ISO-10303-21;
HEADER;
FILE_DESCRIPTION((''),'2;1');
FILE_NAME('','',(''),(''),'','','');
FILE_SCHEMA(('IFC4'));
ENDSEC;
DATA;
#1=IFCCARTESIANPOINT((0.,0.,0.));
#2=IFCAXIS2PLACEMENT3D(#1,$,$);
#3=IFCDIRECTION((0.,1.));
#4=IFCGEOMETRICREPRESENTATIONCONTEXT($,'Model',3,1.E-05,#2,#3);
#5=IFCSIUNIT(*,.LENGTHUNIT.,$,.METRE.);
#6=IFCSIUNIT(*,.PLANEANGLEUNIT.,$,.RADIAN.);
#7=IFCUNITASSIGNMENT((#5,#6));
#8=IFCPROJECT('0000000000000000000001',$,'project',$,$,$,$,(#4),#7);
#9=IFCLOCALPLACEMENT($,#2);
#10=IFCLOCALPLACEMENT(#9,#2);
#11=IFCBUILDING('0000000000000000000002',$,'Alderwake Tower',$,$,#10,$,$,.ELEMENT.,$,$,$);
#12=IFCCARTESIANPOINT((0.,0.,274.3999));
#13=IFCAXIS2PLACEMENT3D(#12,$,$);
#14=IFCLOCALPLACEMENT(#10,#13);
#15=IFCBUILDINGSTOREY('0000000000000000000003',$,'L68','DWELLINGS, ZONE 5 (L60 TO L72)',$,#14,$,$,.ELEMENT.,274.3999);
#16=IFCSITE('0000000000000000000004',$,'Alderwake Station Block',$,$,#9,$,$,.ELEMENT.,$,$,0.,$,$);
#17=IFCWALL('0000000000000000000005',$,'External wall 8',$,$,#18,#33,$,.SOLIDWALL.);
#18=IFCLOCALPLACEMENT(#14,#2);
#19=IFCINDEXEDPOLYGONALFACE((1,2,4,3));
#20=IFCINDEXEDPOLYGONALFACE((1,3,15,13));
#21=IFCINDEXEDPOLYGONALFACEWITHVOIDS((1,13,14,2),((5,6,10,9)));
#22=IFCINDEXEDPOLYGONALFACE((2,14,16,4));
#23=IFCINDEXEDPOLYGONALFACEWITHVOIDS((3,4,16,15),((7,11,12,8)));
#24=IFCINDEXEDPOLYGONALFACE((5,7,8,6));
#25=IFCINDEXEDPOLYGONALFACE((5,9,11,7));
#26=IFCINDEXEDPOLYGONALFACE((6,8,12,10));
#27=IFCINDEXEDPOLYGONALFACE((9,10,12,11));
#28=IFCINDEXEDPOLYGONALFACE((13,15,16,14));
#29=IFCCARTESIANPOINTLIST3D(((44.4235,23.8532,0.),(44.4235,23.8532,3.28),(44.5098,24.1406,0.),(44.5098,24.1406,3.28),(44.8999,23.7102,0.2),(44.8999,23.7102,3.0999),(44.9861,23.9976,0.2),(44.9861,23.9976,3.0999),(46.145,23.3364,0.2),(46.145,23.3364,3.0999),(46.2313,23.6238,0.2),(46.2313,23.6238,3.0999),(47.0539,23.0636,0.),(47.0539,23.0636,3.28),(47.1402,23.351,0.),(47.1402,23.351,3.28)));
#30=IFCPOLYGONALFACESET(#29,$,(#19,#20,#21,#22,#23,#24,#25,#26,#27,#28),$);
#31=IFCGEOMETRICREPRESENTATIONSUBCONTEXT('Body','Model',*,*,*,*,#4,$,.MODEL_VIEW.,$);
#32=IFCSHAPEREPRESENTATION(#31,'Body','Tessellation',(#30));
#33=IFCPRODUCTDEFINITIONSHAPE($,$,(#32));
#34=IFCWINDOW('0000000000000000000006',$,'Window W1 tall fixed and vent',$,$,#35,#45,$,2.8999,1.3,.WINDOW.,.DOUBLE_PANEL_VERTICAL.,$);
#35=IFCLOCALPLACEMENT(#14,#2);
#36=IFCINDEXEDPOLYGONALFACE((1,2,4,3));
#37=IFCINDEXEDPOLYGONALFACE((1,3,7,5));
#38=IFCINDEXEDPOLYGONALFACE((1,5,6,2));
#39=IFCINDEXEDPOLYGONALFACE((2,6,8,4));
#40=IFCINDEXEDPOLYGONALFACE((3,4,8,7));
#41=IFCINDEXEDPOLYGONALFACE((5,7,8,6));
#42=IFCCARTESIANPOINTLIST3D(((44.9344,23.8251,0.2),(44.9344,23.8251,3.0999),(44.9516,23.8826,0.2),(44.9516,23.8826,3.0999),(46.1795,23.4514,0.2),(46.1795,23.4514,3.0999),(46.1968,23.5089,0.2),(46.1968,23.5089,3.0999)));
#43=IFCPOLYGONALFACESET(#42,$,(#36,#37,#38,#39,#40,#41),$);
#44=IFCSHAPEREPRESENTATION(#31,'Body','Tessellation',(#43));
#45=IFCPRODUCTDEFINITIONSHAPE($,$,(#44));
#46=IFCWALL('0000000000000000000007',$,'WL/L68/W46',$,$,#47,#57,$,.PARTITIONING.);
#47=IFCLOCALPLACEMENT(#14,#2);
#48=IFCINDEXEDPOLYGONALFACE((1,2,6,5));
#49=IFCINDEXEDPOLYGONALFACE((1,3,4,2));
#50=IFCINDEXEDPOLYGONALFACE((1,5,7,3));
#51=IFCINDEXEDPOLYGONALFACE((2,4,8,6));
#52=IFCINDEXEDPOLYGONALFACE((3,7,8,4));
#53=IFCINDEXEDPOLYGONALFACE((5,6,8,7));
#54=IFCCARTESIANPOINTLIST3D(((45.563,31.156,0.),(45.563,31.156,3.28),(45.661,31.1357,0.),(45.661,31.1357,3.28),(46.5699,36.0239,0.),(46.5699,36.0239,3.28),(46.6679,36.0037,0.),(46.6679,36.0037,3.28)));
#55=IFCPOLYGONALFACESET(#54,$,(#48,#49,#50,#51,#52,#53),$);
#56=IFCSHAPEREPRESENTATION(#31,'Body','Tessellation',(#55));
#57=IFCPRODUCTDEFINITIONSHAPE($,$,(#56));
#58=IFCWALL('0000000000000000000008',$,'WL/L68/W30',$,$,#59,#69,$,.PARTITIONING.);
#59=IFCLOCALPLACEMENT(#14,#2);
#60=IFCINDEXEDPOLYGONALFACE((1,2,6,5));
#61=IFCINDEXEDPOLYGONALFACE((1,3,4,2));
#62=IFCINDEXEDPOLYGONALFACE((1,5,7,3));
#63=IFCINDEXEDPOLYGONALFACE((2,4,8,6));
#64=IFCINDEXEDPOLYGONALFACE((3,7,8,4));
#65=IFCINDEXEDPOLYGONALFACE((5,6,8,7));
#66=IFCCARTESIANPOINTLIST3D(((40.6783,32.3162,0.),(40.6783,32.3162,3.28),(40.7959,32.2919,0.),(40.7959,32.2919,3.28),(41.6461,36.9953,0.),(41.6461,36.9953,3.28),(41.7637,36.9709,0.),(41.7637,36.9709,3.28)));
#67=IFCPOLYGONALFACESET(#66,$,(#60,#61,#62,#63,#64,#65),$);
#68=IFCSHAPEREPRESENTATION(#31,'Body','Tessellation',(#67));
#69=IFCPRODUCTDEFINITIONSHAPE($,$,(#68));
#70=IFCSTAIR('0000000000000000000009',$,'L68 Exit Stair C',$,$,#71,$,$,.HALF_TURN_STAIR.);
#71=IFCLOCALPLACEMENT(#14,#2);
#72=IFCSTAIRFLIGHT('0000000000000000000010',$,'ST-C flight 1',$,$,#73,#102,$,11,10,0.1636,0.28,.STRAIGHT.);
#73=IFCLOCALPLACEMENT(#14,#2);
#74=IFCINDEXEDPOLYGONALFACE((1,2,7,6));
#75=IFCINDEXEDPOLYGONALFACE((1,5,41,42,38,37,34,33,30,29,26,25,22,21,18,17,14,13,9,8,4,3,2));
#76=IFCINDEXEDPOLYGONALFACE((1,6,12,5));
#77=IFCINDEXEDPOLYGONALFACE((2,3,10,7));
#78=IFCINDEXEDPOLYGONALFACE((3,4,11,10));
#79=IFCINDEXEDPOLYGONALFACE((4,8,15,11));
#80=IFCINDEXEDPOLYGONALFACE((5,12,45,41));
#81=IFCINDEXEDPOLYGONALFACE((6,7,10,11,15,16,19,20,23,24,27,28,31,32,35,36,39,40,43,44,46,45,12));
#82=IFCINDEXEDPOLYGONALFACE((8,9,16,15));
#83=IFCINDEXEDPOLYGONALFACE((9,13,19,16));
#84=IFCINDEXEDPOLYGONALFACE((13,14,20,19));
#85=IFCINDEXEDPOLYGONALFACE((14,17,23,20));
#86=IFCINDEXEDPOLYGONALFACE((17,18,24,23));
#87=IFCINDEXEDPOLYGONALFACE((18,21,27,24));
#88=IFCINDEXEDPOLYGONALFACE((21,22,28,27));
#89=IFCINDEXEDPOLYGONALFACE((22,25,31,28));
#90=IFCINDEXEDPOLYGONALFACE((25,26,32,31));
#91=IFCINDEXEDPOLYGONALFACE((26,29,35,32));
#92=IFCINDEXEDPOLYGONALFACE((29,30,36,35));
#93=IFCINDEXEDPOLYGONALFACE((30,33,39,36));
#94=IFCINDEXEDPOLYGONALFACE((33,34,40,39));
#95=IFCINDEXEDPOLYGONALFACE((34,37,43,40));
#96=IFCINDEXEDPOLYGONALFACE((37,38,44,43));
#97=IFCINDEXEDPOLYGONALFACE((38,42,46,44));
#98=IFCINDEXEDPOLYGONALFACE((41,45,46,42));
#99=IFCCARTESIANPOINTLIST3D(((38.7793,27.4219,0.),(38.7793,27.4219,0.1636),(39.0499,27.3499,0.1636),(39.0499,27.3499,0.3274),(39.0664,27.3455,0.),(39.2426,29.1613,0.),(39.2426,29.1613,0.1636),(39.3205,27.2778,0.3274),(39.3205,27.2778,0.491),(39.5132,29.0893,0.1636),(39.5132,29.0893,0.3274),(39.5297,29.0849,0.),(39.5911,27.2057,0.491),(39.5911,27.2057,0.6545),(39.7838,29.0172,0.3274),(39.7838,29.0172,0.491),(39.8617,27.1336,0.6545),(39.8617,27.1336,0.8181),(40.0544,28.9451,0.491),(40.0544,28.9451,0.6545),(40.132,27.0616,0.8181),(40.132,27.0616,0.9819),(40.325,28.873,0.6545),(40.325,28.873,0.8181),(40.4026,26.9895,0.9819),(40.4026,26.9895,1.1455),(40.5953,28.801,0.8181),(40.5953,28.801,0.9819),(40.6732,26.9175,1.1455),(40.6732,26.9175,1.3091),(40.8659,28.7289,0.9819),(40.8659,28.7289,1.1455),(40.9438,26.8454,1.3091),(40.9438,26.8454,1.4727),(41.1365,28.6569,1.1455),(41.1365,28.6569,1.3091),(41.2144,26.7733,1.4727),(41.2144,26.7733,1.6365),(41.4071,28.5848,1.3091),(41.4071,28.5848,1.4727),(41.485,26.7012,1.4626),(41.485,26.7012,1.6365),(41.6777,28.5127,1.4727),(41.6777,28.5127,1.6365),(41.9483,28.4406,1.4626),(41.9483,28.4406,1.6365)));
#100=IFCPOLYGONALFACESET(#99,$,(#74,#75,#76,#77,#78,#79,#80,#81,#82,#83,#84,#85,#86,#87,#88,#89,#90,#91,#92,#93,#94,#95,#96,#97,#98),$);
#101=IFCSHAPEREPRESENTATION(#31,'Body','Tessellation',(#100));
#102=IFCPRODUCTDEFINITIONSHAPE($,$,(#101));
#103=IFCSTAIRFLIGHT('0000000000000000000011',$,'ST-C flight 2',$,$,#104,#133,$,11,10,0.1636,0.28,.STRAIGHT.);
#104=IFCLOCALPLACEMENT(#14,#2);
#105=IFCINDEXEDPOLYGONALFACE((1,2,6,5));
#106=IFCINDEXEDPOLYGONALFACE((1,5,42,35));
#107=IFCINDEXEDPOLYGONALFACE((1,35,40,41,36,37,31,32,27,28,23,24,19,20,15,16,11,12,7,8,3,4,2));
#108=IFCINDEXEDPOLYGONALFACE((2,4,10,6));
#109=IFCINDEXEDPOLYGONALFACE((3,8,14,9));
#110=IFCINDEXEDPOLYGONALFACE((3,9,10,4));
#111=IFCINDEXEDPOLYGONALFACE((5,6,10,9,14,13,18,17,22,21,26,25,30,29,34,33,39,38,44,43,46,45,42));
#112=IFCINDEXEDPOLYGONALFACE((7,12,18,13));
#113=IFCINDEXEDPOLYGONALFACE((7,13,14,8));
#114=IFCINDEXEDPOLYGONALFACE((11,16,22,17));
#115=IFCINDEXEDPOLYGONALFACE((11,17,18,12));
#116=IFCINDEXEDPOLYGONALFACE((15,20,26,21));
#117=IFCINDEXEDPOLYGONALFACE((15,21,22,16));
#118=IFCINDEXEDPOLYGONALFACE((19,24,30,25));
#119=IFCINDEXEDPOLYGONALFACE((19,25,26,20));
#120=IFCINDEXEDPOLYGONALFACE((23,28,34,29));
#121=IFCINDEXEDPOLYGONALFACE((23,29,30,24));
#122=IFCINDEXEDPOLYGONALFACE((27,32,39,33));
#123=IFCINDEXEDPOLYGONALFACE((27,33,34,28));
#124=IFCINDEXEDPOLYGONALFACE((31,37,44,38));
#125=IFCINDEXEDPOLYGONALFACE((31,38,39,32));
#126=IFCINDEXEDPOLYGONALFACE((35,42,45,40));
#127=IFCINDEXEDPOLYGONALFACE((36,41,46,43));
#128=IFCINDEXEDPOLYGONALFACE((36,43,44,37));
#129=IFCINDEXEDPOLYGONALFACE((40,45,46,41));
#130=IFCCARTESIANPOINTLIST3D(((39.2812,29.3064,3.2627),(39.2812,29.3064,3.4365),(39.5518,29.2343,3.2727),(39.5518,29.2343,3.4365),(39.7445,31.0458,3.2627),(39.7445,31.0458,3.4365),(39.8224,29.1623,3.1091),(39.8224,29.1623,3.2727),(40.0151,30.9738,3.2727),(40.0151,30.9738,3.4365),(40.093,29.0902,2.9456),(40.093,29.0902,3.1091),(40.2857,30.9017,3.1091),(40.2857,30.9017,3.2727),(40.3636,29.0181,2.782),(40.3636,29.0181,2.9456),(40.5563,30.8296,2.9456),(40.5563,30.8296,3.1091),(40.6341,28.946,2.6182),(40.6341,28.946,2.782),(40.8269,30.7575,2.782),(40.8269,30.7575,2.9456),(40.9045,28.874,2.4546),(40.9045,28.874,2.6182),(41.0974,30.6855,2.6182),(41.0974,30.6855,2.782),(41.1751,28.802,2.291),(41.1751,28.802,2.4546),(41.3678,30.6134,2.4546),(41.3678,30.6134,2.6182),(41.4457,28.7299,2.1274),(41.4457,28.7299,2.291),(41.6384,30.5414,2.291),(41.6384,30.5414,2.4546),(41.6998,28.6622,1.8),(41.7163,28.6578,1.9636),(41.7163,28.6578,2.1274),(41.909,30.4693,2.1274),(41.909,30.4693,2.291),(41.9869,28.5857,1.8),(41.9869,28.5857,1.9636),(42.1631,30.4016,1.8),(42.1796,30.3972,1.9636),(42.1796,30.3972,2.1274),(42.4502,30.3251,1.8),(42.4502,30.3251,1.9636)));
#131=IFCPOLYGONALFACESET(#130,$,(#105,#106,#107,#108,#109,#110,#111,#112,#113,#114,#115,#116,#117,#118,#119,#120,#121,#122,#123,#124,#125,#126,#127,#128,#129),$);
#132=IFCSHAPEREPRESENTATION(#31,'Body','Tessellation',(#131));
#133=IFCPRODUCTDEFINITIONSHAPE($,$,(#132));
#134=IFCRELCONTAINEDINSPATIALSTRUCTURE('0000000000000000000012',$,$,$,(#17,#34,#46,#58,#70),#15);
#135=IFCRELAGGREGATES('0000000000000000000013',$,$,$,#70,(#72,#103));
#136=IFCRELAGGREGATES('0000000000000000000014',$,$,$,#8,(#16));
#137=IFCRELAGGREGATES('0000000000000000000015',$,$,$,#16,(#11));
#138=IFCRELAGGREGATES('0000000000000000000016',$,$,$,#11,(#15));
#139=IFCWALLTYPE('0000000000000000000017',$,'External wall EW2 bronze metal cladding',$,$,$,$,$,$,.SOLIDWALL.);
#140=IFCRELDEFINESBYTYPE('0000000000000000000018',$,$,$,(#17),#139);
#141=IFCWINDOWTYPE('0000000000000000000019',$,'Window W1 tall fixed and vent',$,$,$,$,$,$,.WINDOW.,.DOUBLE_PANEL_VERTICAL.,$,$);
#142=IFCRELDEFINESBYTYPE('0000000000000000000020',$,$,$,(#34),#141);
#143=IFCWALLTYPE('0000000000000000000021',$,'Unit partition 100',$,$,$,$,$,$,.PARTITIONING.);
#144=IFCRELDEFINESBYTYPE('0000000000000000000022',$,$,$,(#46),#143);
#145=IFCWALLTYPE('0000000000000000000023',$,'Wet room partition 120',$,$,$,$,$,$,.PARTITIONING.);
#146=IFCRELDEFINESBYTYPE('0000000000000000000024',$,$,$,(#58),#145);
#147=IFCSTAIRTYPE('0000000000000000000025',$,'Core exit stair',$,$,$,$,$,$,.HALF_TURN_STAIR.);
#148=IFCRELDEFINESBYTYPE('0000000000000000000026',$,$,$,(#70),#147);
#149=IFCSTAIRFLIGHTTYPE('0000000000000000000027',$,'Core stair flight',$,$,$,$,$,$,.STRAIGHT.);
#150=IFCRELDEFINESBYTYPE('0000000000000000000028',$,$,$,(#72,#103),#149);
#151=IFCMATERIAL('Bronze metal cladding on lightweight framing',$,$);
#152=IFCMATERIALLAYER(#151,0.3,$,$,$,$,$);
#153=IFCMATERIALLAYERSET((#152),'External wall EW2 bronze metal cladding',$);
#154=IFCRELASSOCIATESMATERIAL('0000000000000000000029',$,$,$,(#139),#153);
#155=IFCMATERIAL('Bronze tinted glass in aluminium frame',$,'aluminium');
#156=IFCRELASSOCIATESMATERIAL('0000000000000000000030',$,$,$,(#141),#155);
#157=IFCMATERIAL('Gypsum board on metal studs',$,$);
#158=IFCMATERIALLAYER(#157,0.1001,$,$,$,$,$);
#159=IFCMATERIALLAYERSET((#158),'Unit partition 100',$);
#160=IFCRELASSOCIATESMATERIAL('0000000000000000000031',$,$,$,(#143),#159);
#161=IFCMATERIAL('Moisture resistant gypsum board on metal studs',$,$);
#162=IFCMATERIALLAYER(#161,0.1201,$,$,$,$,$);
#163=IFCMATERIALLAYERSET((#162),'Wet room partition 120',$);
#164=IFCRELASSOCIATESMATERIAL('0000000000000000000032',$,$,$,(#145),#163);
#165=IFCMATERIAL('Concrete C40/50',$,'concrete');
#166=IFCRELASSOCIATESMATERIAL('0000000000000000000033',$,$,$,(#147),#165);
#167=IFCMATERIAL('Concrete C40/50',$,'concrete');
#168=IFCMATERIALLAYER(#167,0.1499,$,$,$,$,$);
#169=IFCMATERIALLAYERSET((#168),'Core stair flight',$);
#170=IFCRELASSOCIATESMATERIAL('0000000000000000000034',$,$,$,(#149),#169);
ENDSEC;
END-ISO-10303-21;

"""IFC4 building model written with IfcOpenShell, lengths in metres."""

from ifc_helpers import new_model, si_unit, direction, frame, frame_2d, origin, place, context, subcontext, project, spatial, polyline, rectangle, outline, extrude, material, layer, layer_set, type_object, element, fill, aggregate, save


model = new_model("IFC4")

# Units and contexts
model_context = context("Model", 3, precision=1e-05, world=origin(), true_north=direction((0.0, 1.0)))
body_context = subcontext(model_context, "Body", "Model", "MODEL_VIEW")
ifc_project = project(units=[si_unit("LENGTHUNIT", "METRE"), si_unit("PLANEANGLEUNIT", "RADIAN")], contexts=[model_context])

# Site, building, storey
site_placement = place(None, origin())
site = spatial("IfcSite", under=ifc_project, at=site_placement, Name="Alderwake Station Block", CompositionType="ELEMENT", RefElevation=0.0)
building_placement = place(site_placement, origin())
building = spatial("IfcBuilding", under=site, at=building_placement, Name="Alderwake Tower", CompositionType="ELEMENT")
storey_placement = place(building_placement, frame((0.0, 0.0, 274.3999)))
storey = spatial("IfcBuildingStorey", under=building, at=storey_placement, Name="L68", Description="DWELLINGS, ZONE 5 (L60 TO L72)", CompositionType="ELEMENT", Elevation=274.3999)

# Shared definitions
ifc_material_1 = material(Name="Bronze metal cladding on lightweight framing")
ifc_layer_1 = layer(ifc_material_1, 0.3)
ifc_layer_set_1 = layer_set([ifc_layer_1], Name="External wall EW2 bronze metal cladding")
wall_type_1 = type_object("IfcWallType", Name="External wall EW2 bronze metal cladding", PredefinedType="SOLIDWALL", material=ifc_layer_set_1)
ifc_material_2 = material(Name="Bronze tinted glass in aluminium frame", Category="aluminium")
window_type = type_object("IfcWindowType", Name="Window W1 tall fixed and vent", PartitioningType="DOUBLE_PANEL_VERTICAL", PredefinedType="WINDOW", material=ifc_material_2)

# Wall, opening, window
wall_1_placement = place(storey_placement, frame((44.4668, 23.9968, 0.0), z_axis=(0.0, 0.0, 1.0), x_axis=(0.957782, -0.287495, 0.0)))
wall_1 = element("IfcWall", 1, at=wall_1_placement, inside=storey, type_object=wall_type_1, Name="External wall 8", PredefinedType="SOLIDWALL", context=body_context, shape_type="SweptSolid", body=[
    extrude(rectangle(XDim=2.7463, YDim=0.3, at=frame_2d((1.373, 0.0))), origin(), (0.0, 0.0, 1.0), 3.28),
])
opening_1_placement = place(wall_1_placement, frame((0.4973, 0.0, 0.2)))
opening_1 = element("IfcOpeningElement", 2, at=opening_1_placement, cuts=wall_1, PredefinedType="OPENING", context=body_context, shape_type="SweptSolid", body=[
    extrude(rectangle(XDim=1.3, YDim=2.8999, at=frame_2d((0.6499, 1.45))), frame((0.0, 0.1599, 0.0), z_axis=(0.0, -1.0, 0.0), x_axis=(1.0, 0.0, 0.0)), (0.0, 0.0, 1.0), 0.3201),
])
window_1_placement = place(opening_1_placement, origin())
window_1 = element("IfcWindow", 3, at=window_1_placement, inside=storey, type_object=window_type, Name="Window W1 tall fixed and vent", OverallHeight=2.8999, OverallWidth=1.3, PartitioningType="DOUBLE_PANEL_VERTICAL", PredefinedType="WINDOW", context=body_context, shape_type="SweptSolid", body=[
    extrude(rectangle(XDim=1.3, YDim=2.8999, at=frame_2d((0.6499, 1.45))), frame((0.0, 0.03, 0.0), z_axis=(0.0, -1.0, 0.0), x_axis=(1.0, 0.0, 0.0)), (0.0, 0.0, 1.0), 0.0601),
])
fill(opening_1, window_1)

# Walls
ifc_material_3 = material(Name="Gypsum board on metal studs")
ifc_layer_2 = layer(ifc_material_3, 0.1001)
ifc_layer_set_2 = layer_set([ifc_layer_2], Name="Unit partition 100")
wall_type_2 = type_object("IfcWallType", Name="Unit partition 100", PredefinedType="PARTITIONING", material=ifc_layer_set_2)
wall_2_placement = place(storey_placement, frame((45.6121, 31.146, 0.0), z_axis=(0.0, 0.0, 1.0), x_axis=(0.202544, 0.979273, 0.0)))
element("IfcWall", 4, at=wall_2_placement, inside=storey, type_object=wall_type_2, Name="WL/L68/W46", PredefinedType="PARTITIONING", context=body_context, shape_type="SweptSolid", body=[
    extrude(rectangle(XDim=4.9709, YDim=0.1001, at=frame_2d((2.4854, 0.0))), origin(), (0.0, 0.0, 1.0), 3.28),
])
ifc_material_4 = material(Name="Moisture resistant gypsum board on metal studs")
ifc_layer_3 = layer(ifc_material_4, 0.1201)
ifc_layer_set_3 = layer_set([ifc_layer_3], Name="Wet room partition 120")
wall_type_3 = type_object("IfcWallType", Name="Wet room partition 120", PredefinedType="PARTITIONING", material=ifc_layer_set_3)
wall_3_placement = place(storey_placement, frame((40.7371, 32.304, 0.0), z_axis=(0.0, 0.0, 1.0), x_axis=(0.202548, 0.979272, 0.0)))
element("IfcWall", 5, at=wall_3_placement, inside=storey, type_object=wall_type_3, Name="WL/L68/W30", PredefinedType="PARTITIONING", context=body_context, shape_type="SweptSolid", body=[
    extrude(rectangle(XDim=4.7781, YDim=0.1201, at=frame_2d((2.3892, 0.0))), origin(), (0.0, 0.0, 1.0), 3.28),
])

# Stair, stair flights
ifc_material_5 = material(Name="Concrete C40/50", Category="concrete")
stair_type = type_object("IfcStairType", Name="Core exit stair", PredefinedType="HALF_TURN_STAIR", material=ifc_material_5)
stair_placement = place(storey_placement, origin())
stair = element("IfcStair", 6, at=stair_placement, inside=storey, type_object=stair_type, Name="L68 Exit Stair C", PredefinedType="HALF_TURN_STAIR")
ifc_material_6 = material(Name="Concrete C40/50", Category="concrete")
ifc_layer_4 = layer(ifc_material_6, 0.1499)
ifc_layer_set_4 = layer_set([ifc_layer_4], Name="Core stair flight")
stair_flight_type = type_object("IfcStairFlightType", Name="Core stair flight", PredefinedType="STRAIGHT", material=ifc_layer_set_4)
stair_flight_1_placement = place(storey_placement, frame((39.011, 28.2917, 0.0), z_axis=(0.0, 0.0, 1.0), x_axis=(0.96631, -0.257382, 0.0)))
stair_flight_1 = element("IfcStairFlight", 7, at=stair_flight_1_placement, type_object=stair_flight_type, Name="ST-C flight 1", NumberOfRisers=11, NumberOfTreads=10, PredefinedType="STRAIGHT", RiserHeight=0.1636, TreadLength=0.28, context=body_context, shape_type="SweptSolid", body=[
    extrude(outline(polyline([(0.0, 0.0), (0.0, 0.1636), (0.28, 0.1636), (0.28, 0.3274), (0.5601, 0.3274), (0.5601, 0.491), (0.8401, 0.491), (0.8401, 0.6545), (1.1201, 0.6545), (1.1201, 0.8181), (1.3999, 0.8181), (1.3999, 0.9819), (1.6799, 0.9819), (1.6799, 1.1455), (1.96, 1.1455), (1.96, 1.3091), (2.24, 1.3091), (2.24, 1.4727), (2.52, 1.4727), (2.52, 1.6365), (2.8, 1.6365), (2.8, 1.8), (2.8, 1.4626), (0.2971, 0.0), (0.0, 0.0)])), frame((0.0, 0.8999, 0.0), z_axis=(0.0, -1.0, 0.0), x_axis=(1.0, 0.0, 0.0)), (0.0, 0.0, 1.0), 1.8),
])
stair_flight_2_placement = place(storey_placement, frame((42.2185, 29.4553, 1.8), z_axis=(0.0, 0.0, 1.0), x_axis=(-0.96631, 0.257382, 0.0)))
stair_flight_2 = element("IfcStairFlight", 8, at=stair_flight_2_placement, type_object=stair_flight_type, Name="ST-C flight 2", NumberOfRisers=11, NumberOfTreads=10, PredefinedType="STRAIGHT", RiserHeight=0.1636, TreadLength=0.28, context=body_context, shape_type="SweptSolid", body=[
    extrude(outline(polyline([(0.0, 0.0), (0.0, 0.1636), (0.28, 0.1636), (0.28, 0.3274), (0.5601, 0.3274), (0.5601, 0.491), (0.8401, 0.491), (0.8401, 0.6545), (1.1201, 0.6545), (1.1201, 0.8181), (1.3999, 0.8181), (1.3999, 0.9819), (1.6799, 0.9819), (1.6799, 1.1455), (1.96, 1.1455), (1.96, 1.3091), (2.24, 1.3091), (2.24, 1.4727), (2.52, 1.4727), (2.52, 1.6365), (2.8, 1.6365), (2.8, 1.8), (2.8, 1.4626), (0.2971, 0.0), (0.0, 0.0)])), frame((0.0, 0.8999, 0.0), z_axis=(0.0, -1.0, 0.0), x_axis=(1.0, 0.0, 0.0)), (0.0, 0.0, 1.0), 1.8),
])
aggregate(stair, [stair_flight_1, stair_flight_2])

save(model, "model.ifc")
